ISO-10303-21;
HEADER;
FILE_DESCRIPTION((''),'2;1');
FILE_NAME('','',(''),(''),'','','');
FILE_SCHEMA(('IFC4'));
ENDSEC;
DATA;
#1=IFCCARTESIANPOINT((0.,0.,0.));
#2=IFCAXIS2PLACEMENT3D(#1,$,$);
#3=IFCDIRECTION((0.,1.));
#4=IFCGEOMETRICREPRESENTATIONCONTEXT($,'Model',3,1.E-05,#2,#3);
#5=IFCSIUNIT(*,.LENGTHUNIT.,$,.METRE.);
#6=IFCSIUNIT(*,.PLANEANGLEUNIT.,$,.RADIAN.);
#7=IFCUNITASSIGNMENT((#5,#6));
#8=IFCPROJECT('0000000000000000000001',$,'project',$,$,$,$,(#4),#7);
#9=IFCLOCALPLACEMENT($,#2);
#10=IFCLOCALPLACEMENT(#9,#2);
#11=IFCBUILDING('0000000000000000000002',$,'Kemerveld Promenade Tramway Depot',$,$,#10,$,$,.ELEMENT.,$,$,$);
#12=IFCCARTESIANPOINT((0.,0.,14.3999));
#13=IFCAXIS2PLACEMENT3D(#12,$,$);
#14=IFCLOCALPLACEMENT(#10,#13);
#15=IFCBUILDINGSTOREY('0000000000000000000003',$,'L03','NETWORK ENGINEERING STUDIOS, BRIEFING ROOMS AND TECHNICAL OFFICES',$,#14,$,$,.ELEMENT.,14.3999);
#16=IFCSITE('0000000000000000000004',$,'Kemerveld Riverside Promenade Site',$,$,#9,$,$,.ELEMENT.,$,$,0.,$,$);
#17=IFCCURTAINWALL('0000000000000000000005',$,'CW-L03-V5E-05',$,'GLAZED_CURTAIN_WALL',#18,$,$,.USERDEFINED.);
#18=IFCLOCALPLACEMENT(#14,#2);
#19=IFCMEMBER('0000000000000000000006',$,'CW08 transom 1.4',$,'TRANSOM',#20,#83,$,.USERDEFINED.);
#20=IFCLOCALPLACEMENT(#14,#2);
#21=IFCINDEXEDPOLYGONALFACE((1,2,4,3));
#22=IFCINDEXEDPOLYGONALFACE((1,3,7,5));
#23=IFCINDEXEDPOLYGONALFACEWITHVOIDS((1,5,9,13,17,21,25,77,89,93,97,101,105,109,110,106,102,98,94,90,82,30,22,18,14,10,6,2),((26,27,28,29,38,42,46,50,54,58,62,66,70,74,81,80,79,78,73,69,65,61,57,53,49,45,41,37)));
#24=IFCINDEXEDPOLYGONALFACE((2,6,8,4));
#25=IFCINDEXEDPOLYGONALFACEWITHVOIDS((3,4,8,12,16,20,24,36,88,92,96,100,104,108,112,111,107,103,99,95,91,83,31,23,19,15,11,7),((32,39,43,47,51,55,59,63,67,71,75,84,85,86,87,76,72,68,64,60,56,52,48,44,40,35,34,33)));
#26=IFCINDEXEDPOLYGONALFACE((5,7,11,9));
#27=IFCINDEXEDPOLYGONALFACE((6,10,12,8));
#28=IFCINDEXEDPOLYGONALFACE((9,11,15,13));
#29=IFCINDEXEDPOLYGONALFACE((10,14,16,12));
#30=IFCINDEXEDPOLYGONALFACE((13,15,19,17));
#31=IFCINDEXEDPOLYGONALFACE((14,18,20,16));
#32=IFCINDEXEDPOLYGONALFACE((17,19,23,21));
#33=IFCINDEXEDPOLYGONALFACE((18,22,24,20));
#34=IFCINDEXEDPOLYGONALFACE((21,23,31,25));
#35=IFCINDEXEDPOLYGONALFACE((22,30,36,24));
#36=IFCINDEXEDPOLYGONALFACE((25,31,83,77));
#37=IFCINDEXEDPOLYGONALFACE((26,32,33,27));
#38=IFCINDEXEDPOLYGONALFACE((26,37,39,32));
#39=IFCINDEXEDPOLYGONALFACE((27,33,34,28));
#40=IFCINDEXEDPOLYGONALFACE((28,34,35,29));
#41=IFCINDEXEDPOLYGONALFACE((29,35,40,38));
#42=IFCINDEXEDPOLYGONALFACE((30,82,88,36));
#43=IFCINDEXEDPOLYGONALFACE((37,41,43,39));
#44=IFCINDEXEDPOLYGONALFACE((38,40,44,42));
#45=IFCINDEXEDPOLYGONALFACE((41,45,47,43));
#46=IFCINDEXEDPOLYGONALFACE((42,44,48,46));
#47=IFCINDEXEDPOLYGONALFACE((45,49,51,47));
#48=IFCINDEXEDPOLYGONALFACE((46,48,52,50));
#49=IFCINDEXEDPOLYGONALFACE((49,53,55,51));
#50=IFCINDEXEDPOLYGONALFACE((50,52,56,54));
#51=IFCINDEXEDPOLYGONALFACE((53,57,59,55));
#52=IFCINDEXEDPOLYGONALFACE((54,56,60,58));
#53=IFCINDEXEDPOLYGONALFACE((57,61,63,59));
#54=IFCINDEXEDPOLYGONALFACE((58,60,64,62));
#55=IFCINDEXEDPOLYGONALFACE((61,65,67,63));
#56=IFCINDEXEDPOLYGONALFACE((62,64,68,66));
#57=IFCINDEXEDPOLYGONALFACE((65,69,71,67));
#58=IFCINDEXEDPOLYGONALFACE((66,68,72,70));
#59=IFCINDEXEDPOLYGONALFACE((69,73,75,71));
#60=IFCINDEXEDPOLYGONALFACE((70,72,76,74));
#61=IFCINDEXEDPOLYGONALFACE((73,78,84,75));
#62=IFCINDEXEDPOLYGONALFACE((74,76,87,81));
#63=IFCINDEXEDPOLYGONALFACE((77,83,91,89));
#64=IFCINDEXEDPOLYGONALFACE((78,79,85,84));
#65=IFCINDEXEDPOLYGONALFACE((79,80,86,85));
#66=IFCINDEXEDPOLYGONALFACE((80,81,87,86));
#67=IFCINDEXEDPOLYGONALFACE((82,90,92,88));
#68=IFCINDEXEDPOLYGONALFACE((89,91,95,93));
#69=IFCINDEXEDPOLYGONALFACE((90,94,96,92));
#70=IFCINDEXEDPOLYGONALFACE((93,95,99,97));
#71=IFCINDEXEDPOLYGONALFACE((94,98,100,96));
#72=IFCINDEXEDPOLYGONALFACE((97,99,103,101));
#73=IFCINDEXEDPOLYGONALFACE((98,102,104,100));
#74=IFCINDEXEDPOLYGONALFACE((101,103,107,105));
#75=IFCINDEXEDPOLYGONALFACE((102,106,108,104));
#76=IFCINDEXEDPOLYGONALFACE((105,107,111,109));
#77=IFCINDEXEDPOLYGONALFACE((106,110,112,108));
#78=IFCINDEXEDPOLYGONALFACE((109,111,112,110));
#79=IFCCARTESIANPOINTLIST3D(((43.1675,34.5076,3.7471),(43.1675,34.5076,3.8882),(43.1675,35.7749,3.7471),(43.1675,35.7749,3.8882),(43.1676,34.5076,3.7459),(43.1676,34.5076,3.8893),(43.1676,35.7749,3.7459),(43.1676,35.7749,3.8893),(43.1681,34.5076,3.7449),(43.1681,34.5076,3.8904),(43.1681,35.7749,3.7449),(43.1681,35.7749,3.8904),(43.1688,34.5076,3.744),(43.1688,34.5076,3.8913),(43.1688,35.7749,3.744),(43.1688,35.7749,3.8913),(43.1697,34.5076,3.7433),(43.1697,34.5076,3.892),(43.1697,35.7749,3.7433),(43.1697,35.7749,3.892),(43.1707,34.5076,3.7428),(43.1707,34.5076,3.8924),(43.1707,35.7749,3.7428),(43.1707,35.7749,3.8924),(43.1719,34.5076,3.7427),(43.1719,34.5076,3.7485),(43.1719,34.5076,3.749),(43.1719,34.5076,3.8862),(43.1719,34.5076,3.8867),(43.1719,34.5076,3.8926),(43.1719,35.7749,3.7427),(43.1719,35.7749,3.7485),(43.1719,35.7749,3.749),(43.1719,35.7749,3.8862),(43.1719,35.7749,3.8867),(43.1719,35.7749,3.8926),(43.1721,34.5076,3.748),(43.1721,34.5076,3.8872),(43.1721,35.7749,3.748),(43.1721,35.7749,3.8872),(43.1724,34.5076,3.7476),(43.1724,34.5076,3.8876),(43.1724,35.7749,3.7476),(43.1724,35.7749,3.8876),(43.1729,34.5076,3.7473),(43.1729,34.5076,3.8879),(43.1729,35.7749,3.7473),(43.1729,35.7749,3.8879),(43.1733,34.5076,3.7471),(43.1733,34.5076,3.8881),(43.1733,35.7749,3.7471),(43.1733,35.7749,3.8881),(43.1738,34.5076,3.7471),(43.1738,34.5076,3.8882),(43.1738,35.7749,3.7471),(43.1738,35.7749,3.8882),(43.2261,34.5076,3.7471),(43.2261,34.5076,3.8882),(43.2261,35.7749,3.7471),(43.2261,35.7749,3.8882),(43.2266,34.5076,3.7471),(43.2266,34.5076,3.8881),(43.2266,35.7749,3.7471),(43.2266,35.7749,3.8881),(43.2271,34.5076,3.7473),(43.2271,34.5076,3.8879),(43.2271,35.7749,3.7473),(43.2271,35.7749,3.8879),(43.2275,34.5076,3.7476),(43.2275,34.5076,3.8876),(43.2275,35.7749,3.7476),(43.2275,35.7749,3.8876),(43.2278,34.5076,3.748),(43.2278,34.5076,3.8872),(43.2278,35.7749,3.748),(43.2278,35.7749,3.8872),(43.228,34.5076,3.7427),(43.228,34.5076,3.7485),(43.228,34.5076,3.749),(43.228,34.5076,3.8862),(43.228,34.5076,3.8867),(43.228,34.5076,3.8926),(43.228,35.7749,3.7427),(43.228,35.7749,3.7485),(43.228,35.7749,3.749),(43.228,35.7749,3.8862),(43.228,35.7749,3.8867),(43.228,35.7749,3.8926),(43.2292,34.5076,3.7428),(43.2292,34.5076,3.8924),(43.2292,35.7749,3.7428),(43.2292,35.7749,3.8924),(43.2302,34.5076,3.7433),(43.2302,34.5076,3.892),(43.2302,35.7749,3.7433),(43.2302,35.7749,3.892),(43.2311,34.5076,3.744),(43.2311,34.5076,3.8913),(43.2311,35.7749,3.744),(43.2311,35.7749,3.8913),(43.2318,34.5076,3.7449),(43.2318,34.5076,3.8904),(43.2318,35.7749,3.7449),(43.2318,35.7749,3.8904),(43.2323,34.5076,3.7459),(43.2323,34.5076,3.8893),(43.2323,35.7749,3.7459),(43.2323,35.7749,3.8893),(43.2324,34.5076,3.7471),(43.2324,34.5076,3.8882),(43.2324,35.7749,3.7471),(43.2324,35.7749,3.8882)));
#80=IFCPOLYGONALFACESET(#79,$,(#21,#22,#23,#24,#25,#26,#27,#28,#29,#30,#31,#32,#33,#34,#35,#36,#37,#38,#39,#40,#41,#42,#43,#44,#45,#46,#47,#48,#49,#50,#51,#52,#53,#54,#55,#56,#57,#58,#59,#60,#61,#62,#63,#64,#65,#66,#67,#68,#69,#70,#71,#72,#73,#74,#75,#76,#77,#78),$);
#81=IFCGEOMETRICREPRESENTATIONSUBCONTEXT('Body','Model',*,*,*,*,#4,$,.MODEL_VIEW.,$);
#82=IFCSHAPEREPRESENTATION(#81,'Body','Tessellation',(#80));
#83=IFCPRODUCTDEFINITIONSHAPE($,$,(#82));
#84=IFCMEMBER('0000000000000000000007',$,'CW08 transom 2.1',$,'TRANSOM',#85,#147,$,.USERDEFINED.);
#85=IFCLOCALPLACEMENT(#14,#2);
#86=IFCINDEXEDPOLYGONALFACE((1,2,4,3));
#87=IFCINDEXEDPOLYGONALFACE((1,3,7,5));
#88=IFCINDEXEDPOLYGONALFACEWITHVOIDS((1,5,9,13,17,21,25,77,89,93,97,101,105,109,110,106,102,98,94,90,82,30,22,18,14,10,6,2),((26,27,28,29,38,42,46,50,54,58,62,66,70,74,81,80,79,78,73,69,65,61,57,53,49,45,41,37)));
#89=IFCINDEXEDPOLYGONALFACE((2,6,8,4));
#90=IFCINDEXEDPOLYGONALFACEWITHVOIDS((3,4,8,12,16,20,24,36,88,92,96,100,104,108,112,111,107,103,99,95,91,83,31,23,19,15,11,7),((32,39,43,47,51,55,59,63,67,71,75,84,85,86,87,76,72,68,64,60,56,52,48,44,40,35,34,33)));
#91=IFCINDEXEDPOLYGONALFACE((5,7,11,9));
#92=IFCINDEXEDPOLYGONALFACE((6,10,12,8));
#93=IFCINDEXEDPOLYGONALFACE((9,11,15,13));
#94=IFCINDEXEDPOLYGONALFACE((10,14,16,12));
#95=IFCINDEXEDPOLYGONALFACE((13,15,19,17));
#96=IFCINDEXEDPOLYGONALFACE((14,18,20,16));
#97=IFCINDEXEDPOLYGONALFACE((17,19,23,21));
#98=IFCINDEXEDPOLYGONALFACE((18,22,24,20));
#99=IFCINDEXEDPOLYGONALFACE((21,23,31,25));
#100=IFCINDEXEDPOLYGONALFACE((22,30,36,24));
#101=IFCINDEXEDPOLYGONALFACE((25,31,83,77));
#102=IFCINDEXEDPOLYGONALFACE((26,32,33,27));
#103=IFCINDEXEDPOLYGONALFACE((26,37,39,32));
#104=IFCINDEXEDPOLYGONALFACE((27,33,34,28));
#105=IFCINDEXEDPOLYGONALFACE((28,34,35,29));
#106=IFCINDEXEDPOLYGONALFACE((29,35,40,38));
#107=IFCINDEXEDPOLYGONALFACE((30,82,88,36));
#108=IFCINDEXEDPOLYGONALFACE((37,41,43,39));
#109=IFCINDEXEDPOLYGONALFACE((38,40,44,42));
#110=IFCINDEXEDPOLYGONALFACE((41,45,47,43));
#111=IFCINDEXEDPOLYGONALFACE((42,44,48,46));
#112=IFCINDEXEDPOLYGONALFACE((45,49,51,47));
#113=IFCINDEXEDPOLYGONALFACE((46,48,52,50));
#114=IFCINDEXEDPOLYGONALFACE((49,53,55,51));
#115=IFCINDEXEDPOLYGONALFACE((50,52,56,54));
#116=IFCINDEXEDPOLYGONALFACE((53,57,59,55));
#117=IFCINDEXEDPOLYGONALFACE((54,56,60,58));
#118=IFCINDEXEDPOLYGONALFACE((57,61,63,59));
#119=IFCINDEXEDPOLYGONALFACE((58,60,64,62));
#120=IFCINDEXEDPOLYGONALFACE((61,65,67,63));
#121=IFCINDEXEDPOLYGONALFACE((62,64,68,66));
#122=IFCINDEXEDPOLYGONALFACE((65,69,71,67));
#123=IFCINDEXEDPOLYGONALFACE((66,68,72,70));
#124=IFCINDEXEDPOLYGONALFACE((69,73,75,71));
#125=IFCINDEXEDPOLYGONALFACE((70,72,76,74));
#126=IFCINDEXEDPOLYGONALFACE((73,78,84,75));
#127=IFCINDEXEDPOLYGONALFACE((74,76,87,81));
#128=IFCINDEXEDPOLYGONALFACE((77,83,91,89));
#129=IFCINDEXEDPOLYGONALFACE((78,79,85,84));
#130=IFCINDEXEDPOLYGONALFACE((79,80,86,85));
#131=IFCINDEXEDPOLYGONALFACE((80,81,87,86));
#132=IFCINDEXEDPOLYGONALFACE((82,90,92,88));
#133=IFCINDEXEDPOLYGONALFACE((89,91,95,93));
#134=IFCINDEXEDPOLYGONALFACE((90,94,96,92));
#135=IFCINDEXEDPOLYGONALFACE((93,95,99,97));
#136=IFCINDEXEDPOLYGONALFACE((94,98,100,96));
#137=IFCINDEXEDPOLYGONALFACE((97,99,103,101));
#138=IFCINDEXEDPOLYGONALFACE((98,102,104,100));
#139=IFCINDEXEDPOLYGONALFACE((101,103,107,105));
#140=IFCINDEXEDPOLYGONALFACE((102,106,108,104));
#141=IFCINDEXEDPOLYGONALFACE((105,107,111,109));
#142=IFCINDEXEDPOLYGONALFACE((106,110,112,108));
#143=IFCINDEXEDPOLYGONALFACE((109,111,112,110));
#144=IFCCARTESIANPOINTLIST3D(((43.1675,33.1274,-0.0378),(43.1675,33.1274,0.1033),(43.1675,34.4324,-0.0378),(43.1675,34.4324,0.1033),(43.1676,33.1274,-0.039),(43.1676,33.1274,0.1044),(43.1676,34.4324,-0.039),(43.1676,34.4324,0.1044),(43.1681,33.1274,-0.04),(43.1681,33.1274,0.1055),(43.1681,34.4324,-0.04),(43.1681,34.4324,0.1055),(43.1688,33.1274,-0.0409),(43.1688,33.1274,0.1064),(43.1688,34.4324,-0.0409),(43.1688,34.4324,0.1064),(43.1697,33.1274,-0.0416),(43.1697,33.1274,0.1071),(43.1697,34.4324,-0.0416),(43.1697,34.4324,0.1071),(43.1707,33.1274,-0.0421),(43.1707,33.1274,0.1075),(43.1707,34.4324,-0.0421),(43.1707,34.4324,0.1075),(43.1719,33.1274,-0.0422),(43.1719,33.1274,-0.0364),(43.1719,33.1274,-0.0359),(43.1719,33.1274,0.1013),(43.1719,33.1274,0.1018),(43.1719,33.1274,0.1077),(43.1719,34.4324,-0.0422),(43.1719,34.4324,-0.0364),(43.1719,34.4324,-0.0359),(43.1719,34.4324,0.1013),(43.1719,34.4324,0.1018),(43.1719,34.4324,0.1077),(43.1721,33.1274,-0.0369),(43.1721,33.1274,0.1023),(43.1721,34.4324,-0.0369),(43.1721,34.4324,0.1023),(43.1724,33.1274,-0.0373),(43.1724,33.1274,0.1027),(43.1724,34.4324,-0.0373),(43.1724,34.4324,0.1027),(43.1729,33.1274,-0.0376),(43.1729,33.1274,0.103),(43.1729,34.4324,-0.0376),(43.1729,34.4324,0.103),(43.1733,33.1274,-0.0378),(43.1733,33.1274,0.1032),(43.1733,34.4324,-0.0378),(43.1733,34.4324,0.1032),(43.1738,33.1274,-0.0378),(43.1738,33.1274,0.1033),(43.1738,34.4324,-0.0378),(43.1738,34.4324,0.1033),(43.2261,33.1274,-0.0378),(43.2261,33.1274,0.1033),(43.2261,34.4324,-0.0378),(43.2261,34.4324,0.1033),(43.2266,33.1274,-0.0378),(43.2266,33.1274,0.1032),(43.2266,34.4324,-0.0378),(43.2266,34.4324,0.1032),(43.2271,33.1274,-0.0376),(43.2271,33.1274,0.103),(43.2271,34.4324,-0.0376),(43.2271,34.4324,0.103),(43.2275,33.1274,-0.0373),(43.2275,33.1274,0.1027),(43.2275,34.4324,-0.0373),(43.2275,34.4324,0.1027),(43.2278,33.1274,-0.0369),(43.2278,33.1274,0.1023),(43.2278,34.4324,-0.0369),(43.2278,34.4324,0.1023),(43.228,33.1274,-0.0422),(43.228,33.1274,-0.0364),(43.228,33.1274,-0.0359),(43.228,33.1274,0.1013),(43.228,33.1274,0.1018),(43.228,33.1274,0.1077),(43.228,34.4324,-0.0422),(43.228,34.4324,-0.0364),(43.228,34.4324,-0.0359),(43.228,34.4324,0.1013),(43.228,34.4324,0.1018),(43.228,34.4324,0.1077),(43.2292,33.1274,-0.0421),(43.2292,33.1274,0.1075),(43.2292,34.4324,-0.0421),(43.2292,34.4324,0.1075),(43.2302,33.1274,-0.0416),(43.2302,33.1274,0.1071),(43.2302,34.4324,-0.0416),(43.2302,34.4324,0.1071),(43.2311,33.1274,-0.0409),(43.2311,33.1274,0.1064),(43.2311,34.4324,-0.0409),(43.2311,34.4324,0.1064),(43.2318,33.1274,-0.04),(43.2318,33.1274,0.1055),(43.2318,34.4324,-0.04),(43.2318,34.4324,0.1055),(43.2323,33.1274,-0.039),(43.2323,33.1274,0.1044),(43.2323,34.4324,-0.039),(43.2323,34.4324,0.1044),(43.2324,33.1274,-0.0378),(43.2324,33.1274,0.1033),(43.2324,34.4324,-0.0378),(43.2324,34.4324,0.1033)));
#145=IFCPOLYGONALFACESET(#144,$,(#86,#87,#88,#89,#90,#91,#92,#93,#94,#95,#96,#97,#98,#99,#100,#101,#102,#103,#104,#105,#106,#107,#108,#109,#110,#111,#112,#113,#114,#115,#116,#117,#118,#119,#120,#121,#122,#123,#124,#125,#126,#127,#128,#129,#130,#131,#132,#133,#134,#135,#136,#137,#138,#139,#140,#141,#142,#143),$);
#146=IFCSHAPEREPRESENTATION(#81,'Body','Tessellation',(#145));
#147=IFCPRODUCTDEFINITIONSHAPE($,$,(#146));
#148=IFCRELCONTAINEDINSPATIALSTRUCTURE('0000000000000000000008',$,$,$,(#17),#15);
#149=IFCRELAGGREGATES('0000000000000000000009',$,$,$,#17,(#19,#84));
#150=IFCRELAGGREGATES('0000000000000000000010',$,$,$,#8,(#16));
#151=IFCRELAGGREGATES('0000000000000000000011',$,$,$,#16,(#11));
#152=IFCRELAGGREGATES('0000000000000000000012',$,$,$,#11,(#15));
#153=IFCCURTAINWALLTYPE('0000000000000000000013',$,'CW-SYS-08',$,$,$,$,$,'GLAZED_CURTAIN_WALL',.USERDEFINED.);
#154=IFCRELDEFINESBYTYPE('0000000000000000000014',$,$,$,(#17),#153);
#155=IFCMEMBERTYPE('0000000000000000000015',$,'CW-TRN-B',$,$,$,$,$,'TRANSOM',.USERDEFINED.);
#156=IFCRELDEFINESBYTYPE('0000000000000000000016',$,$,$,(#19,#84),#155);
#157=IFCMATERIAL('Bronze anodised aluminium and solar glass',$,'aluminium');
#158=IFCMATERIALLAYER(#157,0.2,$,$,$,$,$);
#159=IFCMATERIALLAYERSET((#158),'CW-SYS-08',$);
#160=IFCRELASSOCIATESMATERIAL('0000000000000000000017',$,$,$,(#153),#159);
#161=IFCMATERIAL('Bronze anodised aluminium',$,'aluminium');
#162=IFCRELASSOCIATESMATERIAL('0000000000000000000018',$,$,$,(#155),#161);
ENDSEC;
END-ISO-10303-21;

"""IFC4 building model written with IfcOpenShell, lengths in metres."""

from ifc_helpers import new_model, si_unit, direction, frame, origin, origin_2d, place, context, subcontext, project, spatial, hollow_rectangle, extrude, material, layer, layer_set, material_profile, profile_set, type_object, element, aggregate, save


model = new_model("IFC4")

# Units and contexts
model_context = context("Model", 3, precision=1e-05, world=origin(), true_north=direction((0.0, 1.0)))
body_context = subcontext(model_context, "Body", "Model", "MODEL_VIEW")
ifc_project = project(units=[si_unit("LENGTHUNIT", "METRE"), si_unit("PLANEANGLEUNIT", "RADIAN")], contexts=[model_context])

# Site, building, storey
site_placement = place(None, origin())
site = spatial("IfcSite", under=ifc_project, at=site_placement, Name="Kemerveld Riverside Promenade Site", CompositionType="ELEMENT", RefElevation=0.0)
building_placement = place(site_placement, origin())
building = spatial("IfcBuilding", under=site, at=building_placement, Name="Kemerveld Promenade Tramway Depot", CompositionType="ELEMENT")
storey_placement = place(building_placement, frame((0.0, 0.0, 14.3999)))
storey = spatial("IfcBuildingStorey", under=building, at=storey_placement, Name="L03", Description="NETWORK ENGINEERING STUDIOS, BRIEFING ROOMS AND TECHNICAL OFFICES", CompositionType="ELEMENT", Elevation=14.3999)

# Shared definitions
ifc_material_1 = material(Name="Bronze anodised aluminium and solar glass", Category="aluminium")
ifc_material_2 = material(Name="Bronze anodised aluminium", Category="aluminium")

# Curtain wall
ifc_layer_1 = layer(ifc_material_1, 0.2)
ifc_layer_set_1 = layer_set([ifc_layer_1], Name="CW-SYS-08")
curtain_wall_type_1 = type_object("IfcCurtainWallType", Name="CW-SYS-08", ElementType="GLAZED_CURTAIN_WALL", PredefinedType="USERDEFINED", material=ifc_layer_set_1)
curtain_wall_1_placement = place(storey_placement, origin())
curtain_wall_1 = element("IfcCurtainWall", 1, at=curtain_wall_1_placement, inside=storey, type_object=curtain_wall_type_1, Name="CW-L03-V5E-05", ObjectType="GLAZED_CURTAIN_WALL", PredefinedType="USERDEFINED")

# Members
ifc_material_profile_1 = material_profile(ifc_material_2, hollow_rectangle(XDim=0.0649, YDim=0.1499, WallThickness=0.0044, InnerFilletRadius=0.002, OuterFilletRadius=0.0044, at=origin_2d()), Name="CW-TRN-150x65")
ifc_profile_set_1 = profile_set([ifc_material_profile_1], Name="Bronze anodised aluminium")
member_type_1 = type_object("IfcMemberType", Name="CW-TRN-B", ElementType="TRANSOM", PredefinedType="USERDEFINED", material=ifc_profile_set_1)
member_1_placement = place(storey_placement, frame((43.2, 35.7749, 3.8176), z_axis=(0.0, -1.0, 0.0), x_axis=(1.0, 0.0, 0.0)))
member_1 = element("IfcMember", 2, at=member_1_placement, type_object=member_type_1, Name="CW08 transom 1.4", ObjectType="TRANSOM", PredefinedType="USERDEFINED", context=body_context, shape_type="SweptSolid", body=[
    extrude(hollow_rectangle(XDim=0.0649, YDim=0.1499, WallThickness=0.0044, InnerFilletRadius=0.002, OuterFilletRadius=0.0044, at=origin_2d()), origin(), (0.0, 0.0, 1.0), 1.2673),
])
member_2_placement = place(storey_placement, frame((43.2, 34.4324, 0.0327), z_axis=(0.0, -1.0, 0.0), x_axis=(1.0, 0.0, 0.0)))
member_2 = element("IfcMember", 3, at=member_2_placement, type_object=member_type_1, Name="CW08 transom 2.1", ObjectType="TRANSOM", PredefinedType="USERDEFINED", context=body_context, shape_type="SweptSolid", body=[
    extrude(hollow_rectangle(XDim=0.0649, YDim=0.1499, WallThickness=0.0044, InnerFilletRadius=0.002, OuterFilletRadius=0.0044, at=origin_2d()), origin(), (0.0, 0.0, 1.0), 1.3049),
])

aggregate(curtain_wall_1, [member_1, member_2])

save(model, "model.ifc")
